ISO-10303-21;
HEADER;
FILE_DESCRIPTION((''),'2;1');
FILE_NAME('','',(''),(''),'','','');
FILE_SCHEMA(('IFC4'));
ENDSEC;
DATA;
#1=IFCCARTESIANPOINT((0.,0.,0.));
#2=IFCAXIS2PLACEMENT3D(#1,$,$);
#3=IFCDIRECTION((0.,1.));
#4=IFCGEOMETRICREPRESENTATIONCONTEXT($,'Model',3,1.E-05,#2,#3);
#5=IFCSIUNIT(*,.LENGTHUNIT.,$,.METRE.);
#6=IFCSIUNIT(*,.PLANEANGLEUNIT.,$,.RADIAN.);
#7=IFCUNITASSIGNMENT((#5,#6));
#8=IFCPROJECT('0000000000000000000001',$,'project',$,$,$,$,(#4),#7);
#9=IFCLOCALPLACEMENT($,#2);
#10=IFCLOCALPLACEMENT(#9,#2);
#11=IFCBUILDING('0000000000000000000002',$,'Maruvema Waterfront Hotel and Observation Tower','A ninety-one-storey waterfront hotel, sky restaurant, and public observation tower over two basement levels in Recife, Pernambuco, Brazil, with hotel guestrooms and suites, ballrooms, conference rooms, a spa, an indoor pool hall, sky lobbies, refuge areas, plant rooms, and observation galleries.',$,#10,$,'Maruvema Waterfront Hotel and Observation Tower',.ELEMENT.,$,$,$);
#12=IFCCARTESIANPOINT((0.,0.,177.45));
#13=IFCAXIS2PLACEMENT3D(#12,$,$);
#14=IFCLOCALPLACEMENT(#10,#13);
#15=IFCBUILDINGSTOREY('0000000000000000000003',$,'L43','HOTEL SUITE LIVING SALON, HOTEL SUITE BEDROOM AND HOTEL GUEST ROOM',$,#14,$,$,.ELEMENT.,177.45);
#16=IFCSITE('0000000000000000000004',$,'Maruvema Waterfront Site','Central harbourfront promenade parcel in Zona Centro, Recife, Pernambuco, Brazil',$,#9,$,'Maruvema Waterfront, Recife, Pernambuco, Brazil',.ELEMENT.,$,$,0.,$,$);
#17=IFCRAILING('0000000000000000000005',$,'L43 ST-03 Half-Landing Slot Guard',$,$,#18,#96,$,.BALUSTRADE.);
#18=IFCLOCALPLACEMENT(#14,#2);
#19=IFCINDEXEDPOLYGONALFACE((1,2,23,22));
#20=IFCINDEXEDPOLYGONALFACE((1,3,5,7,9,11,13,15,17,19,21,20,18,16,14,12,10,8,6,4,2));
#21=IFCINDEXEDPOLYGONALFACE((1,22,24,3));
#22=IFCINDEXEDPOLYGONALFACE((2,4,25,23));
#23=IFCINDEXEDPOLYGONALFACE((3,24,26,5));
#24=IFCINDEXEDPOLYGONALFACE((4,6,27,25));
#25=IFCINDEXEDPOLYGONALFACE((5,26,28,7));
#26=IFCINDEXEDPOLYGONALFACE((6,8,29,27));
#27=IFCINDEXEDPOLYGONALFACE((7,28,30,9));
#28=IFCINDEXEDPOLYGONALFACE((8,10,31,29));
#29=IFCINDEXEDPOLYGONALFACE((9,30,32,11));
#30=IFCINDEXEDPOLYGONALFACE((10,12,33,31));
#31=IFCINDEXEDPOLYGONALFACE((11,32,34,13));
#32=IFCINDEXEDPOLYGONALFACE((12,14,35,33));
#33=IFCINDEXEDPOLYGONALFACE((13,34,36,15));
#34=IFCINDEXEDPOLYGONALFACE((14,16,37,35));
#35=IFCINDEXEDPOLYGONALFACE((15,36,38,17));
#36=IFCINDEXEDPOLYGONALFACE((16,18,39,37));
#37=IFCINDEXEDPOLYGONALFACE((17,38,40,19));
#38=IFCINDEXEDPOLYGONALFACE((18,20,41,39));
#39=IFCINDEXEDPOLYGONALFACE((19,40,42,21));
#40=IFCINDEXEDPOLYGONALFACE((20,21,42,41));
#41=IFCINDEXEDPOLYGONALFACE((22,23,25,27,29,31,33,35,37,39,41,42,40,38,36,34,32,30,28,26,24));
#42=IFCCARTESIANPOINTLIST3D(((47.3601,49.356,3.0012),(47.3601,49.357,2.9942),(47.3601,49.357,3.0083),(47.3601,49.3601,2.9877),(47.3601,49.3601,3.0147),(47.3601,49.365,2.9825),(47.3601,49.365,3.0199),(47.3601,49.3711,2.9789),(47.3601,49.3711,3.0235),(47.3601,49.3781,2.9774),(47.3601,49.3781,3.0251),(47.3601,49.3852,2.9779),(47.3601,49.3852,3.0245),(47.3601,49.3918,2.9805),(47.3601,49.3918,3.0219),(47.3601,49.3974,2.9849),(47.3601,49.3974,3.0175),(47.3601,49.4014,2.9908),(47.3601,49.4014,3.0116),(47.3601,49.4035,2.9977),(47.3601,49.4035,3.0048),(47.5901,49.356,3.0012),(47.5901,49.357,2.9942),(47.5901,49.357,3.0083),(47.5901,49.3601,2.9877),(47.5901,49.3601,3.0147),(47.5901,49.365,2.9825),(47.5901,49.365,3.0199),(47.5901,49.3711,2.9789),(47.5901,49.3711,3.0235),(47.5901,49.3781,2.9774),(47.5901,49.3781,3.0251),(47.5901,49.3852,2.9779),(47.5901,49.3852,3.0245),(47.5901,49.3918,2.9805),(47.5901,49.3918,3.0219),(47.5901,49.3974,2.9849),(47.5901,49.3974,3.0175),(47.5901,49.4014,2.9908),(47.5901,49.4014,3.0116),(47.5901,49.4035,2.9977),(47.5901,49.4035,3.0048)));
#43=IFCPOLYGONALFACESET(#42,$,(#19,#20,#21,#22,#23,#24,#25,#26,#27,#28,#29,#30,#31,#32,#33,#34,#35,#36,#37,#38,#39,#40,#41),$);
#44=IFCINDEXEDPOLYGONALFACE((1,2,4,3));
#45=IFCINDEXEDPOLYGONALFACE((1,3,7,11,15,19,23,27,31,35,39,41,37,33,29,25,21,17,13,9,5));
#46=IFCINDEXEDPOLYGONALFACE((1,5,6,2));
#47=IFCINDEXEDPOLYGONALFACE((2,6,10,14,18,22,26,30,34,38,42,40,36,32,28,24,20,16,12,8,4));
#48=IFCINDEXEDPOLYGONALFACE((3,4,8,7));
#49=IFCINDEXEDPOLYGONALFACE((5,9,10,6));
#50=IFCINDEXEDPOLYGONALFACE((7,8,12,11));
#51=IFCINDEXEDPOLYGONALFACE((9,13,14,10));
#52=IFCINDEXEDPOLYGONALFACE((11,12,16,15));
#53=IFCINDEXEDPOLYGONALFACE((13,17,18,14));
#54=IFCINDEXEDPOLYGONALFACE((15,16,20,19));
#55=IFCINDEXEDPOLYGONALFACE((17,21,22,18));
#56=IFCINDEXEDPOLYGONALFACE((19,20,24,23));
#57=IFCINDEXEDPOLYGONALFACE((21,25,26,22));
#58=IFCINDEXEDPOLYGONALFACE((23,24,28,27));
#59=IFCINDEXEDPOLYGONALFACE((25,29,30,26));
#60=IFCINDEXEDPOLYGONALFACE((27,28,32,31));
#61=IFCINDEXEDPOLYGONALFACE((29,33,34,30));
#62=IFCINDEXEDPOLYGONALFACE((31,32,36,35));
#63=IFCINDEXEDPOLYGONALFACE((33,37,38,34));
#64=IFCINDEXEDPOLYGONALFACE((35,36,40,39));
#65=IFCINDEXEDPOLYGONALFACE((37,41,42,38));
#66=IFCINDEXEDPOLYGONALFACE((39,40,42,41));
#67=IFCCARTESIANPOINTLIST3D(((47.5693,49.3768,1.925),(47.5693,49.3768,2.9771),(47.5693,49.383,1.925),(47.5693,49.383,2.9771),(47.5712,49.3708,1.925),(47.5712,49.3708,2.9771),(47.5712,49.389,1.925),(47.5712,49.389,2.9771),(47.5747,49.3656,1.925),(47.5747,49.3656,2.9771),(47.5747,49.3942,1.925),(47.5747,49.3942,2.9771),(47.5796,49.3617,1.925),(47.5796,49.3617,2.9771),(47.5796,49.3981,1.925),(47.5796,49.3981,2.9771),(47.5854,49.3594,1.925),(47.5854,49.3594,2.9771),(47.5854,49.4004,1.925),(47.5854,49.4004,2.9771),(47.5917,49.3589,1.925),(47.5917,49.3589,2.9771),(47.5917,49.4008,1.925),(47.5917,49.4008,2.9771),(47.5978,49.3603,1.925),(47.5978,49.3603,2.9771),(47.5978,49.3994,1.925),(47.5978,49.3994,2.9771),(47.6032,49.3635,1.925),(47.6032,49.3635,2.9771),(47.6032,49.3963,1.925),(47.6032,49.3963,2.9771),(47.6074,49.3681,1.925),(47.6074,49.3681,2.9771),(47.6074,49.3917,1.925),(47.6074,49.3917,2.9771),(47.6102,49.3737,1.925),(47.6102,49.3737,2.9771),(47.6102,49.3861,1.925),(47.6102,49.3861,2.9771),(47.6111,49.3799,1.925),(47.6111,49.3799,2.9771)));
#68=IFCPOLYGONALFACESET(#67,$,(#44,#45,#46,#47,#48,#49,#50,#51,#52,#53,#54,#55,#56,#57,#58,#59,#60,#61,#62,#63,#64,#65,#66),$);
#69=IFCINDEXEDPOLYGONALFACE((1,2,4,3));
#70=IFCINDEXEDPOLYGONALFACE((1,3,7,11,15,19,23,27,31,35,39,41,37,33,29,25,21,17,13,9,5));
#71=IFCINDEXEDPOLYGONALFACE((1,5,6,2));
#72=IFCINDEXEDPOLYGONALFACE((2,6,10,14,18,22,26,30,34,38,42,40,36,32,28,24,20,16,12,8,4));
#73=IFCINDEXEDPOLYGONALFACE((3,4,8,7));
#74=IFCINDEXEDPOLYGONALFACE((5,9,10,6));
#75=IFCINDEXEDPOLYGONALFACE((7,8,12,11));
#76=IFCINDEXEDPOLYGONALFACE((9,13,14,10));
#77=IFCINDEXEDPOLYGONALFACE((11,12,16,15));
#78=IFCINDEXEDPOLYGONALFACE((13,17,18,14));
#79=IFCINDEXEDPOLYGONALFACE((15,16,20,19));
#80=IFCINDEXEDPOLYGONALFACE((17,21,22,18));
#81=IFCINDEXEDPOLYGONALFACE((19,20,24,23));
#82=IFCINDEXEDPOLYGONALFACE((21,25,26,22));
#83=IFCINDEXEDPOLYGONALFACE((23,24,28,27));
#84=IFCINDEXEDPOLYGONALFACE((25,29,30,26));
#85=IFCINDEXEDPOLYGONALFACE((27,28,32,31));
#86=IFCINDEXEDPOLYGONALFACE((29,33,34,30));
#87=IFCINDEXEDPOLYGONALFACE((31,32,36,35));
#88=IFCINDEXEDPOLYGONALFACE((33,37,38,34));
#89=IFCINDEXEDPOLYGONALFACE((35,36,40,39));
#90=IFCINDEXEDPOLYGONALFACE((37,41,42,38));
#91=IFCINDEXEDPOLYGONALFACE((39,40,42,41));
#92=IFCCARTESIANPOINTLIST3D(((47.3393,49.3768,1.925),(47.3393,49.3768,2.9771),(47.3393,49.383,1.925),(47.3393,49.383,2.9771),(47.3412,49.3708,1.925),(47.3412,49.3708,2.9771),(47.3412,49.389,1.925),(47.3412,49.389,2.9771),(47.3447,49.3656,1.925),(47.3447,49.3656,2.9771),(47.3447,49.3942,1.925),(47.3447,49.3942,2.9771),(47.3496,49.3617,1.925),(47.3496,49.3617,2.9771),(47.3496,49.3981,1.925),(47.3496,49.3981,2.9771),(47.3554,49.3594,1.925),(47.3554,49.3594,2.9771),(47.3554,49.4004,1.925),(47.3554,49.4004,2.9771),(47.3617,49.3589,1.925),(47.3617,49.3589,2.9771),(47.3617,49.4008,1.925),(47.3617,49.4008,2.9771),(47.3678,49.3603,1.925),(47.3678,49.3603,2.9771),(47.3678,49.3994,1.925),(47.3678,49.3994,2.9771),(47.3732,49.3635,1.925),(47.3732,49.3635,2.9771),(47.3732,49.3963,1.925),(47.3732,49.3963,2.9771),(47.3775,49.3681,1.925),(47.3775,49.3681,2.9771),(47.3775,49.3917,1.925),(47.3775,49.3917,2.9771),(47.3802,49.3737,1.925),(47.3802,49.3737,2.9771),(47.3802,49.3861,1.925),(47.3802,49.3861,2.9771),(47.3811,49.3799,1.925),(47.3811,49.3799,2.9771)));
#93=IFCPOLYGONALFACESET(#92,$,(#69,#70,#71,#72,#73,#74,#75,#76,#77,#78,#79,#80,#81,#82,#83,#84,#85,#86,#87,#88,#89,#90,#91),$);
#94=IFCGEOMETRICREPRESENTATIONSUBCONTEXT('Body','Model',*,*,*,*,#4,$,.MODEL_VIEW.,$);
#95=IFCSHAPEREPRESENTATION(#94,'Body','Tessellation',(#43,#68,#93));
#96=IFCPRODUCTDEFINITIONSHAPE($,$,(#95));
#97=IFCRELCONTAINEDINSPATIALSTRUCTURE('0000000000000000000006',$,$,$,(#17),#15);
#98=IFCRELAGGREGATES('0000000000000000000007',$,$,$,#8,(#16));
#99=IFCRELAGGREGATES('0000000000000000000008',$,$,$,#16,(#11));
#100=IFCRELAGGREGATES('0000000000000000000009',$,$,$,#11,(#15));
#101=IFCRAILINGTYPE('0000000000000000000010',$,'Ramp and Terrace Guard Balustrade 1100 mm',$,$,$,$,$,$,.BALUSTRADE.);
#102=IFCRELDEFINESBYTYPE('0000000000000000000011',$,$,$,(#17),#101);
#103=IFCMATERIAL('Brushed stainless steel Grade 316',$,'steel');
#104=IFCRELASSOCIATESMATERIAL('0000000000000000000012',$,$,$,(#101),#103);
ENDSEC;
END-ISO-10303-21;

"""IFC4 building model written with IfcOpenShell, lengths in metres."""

from ifc_helpers import new_model, si_unit, direction, frame, origin, origin_2d, place, context, subcontext, project, spatial, circle, extrude, material, type_object, element, save


model = new_model("IFC4")

# Units and contexts
model_context = context("Model", 3, precision=1e-05, world=origin(), true_north=direction((0.0, 1.0)))
body_context = subcontext(model_context, "Body", "Model", "MODEL_VIEW")
ifc_project = project(units=[si_unit("LENGTHUNIT", "METRE"), si_unit("PLANEANGLEUNIT", "RADIAN")], contexts=[model_context])

# Site, building, storey
site_placement = place(None, origin())
site = spatial("IfcSite", under=ifc_project, at=site_placement, Name="Maruvema Waterfront Site", Description="Central harbourfront promenade parcel in Zona Centro, Recife, Pernambuco, Brazil", LongName="Maruvema Waterfront, Recife, Pernambuco, Brazil", CompositionType="ELEMENT", RefElevation=0.0)
building_placement = place(site_placement, origin())
building = spatial("IfcBuilding", under=site, at=building_placement, Name="Maruvema Waterfront Hotel and Observation Tower", Description="A ninety-one-storey waterfront hotel, sky restaurant, and public observation tower over two basement levels in Recife, Pernambuco, Brazil, with hotel guestrooms and suites, ballrooms, conference rooms, a spa, an indoor pool hall, sky lobbies, refuge areas, plant rooms, and observation galleries.", LongName="Maruvema Waterfront Hotel and Observation Tower", CompositionType="ELEMENT")
storey_placement = place(building_placement, frame((0.0, 0.0, 177.45)))
storey = spatial("IfcBuildingStorey", under=building, at=storey_placement, Name="L43", Description="HOTEL SUITE LIVING SALON, HOTEL SUITE BEDROOM AND HOTEL GUEST ROOM", CompositionType="ELEMENT", Elevation=177.45)

# Railing
ifc_material_1 = material(Name="Brushed stainless steel Grade 316", Category="steel")
railing_type_1 = type_object("IfcRailingType", Name="Ramp and Terrace Guard Balustrade 1100 mm", PredefinedType="BALUSTRADE", material=ifc_material_1)
railing_1_placement = place(storey_placement, frame((47.5901, 49.3799, 1.925)))
element("IfcRailing", 1, at=railing_1_placement, inside=storey, type_object=railing_type_1, Name="L43 ST-03 Half-Landing Slot Guard", PredefinedType="BALUSTRADE", context=body_context, shape_type="SweptSolid", body=[
    extrude(circle(Radius=0.0239, at=origin_2d()), frame((0.0, 0.0, 1.0762), z_axis=(-1.0, 0.0, 0.0), x_axis=(0.0, -1.0, 0.0)), (0.0, 0.0, 1.0), 0.23),
    extrude(circle(Radius=0.021, at=origin_2d()), origin(), (0.0, 0.0, 1.0), 1.052),
    extrude(circle(Radius=0.021, at=origin_2d()), frame((-0.23, 0.0, 0.0)), (0.0, 0.0, 1.0), 1.052),
])

save(model, "model.ifc")
